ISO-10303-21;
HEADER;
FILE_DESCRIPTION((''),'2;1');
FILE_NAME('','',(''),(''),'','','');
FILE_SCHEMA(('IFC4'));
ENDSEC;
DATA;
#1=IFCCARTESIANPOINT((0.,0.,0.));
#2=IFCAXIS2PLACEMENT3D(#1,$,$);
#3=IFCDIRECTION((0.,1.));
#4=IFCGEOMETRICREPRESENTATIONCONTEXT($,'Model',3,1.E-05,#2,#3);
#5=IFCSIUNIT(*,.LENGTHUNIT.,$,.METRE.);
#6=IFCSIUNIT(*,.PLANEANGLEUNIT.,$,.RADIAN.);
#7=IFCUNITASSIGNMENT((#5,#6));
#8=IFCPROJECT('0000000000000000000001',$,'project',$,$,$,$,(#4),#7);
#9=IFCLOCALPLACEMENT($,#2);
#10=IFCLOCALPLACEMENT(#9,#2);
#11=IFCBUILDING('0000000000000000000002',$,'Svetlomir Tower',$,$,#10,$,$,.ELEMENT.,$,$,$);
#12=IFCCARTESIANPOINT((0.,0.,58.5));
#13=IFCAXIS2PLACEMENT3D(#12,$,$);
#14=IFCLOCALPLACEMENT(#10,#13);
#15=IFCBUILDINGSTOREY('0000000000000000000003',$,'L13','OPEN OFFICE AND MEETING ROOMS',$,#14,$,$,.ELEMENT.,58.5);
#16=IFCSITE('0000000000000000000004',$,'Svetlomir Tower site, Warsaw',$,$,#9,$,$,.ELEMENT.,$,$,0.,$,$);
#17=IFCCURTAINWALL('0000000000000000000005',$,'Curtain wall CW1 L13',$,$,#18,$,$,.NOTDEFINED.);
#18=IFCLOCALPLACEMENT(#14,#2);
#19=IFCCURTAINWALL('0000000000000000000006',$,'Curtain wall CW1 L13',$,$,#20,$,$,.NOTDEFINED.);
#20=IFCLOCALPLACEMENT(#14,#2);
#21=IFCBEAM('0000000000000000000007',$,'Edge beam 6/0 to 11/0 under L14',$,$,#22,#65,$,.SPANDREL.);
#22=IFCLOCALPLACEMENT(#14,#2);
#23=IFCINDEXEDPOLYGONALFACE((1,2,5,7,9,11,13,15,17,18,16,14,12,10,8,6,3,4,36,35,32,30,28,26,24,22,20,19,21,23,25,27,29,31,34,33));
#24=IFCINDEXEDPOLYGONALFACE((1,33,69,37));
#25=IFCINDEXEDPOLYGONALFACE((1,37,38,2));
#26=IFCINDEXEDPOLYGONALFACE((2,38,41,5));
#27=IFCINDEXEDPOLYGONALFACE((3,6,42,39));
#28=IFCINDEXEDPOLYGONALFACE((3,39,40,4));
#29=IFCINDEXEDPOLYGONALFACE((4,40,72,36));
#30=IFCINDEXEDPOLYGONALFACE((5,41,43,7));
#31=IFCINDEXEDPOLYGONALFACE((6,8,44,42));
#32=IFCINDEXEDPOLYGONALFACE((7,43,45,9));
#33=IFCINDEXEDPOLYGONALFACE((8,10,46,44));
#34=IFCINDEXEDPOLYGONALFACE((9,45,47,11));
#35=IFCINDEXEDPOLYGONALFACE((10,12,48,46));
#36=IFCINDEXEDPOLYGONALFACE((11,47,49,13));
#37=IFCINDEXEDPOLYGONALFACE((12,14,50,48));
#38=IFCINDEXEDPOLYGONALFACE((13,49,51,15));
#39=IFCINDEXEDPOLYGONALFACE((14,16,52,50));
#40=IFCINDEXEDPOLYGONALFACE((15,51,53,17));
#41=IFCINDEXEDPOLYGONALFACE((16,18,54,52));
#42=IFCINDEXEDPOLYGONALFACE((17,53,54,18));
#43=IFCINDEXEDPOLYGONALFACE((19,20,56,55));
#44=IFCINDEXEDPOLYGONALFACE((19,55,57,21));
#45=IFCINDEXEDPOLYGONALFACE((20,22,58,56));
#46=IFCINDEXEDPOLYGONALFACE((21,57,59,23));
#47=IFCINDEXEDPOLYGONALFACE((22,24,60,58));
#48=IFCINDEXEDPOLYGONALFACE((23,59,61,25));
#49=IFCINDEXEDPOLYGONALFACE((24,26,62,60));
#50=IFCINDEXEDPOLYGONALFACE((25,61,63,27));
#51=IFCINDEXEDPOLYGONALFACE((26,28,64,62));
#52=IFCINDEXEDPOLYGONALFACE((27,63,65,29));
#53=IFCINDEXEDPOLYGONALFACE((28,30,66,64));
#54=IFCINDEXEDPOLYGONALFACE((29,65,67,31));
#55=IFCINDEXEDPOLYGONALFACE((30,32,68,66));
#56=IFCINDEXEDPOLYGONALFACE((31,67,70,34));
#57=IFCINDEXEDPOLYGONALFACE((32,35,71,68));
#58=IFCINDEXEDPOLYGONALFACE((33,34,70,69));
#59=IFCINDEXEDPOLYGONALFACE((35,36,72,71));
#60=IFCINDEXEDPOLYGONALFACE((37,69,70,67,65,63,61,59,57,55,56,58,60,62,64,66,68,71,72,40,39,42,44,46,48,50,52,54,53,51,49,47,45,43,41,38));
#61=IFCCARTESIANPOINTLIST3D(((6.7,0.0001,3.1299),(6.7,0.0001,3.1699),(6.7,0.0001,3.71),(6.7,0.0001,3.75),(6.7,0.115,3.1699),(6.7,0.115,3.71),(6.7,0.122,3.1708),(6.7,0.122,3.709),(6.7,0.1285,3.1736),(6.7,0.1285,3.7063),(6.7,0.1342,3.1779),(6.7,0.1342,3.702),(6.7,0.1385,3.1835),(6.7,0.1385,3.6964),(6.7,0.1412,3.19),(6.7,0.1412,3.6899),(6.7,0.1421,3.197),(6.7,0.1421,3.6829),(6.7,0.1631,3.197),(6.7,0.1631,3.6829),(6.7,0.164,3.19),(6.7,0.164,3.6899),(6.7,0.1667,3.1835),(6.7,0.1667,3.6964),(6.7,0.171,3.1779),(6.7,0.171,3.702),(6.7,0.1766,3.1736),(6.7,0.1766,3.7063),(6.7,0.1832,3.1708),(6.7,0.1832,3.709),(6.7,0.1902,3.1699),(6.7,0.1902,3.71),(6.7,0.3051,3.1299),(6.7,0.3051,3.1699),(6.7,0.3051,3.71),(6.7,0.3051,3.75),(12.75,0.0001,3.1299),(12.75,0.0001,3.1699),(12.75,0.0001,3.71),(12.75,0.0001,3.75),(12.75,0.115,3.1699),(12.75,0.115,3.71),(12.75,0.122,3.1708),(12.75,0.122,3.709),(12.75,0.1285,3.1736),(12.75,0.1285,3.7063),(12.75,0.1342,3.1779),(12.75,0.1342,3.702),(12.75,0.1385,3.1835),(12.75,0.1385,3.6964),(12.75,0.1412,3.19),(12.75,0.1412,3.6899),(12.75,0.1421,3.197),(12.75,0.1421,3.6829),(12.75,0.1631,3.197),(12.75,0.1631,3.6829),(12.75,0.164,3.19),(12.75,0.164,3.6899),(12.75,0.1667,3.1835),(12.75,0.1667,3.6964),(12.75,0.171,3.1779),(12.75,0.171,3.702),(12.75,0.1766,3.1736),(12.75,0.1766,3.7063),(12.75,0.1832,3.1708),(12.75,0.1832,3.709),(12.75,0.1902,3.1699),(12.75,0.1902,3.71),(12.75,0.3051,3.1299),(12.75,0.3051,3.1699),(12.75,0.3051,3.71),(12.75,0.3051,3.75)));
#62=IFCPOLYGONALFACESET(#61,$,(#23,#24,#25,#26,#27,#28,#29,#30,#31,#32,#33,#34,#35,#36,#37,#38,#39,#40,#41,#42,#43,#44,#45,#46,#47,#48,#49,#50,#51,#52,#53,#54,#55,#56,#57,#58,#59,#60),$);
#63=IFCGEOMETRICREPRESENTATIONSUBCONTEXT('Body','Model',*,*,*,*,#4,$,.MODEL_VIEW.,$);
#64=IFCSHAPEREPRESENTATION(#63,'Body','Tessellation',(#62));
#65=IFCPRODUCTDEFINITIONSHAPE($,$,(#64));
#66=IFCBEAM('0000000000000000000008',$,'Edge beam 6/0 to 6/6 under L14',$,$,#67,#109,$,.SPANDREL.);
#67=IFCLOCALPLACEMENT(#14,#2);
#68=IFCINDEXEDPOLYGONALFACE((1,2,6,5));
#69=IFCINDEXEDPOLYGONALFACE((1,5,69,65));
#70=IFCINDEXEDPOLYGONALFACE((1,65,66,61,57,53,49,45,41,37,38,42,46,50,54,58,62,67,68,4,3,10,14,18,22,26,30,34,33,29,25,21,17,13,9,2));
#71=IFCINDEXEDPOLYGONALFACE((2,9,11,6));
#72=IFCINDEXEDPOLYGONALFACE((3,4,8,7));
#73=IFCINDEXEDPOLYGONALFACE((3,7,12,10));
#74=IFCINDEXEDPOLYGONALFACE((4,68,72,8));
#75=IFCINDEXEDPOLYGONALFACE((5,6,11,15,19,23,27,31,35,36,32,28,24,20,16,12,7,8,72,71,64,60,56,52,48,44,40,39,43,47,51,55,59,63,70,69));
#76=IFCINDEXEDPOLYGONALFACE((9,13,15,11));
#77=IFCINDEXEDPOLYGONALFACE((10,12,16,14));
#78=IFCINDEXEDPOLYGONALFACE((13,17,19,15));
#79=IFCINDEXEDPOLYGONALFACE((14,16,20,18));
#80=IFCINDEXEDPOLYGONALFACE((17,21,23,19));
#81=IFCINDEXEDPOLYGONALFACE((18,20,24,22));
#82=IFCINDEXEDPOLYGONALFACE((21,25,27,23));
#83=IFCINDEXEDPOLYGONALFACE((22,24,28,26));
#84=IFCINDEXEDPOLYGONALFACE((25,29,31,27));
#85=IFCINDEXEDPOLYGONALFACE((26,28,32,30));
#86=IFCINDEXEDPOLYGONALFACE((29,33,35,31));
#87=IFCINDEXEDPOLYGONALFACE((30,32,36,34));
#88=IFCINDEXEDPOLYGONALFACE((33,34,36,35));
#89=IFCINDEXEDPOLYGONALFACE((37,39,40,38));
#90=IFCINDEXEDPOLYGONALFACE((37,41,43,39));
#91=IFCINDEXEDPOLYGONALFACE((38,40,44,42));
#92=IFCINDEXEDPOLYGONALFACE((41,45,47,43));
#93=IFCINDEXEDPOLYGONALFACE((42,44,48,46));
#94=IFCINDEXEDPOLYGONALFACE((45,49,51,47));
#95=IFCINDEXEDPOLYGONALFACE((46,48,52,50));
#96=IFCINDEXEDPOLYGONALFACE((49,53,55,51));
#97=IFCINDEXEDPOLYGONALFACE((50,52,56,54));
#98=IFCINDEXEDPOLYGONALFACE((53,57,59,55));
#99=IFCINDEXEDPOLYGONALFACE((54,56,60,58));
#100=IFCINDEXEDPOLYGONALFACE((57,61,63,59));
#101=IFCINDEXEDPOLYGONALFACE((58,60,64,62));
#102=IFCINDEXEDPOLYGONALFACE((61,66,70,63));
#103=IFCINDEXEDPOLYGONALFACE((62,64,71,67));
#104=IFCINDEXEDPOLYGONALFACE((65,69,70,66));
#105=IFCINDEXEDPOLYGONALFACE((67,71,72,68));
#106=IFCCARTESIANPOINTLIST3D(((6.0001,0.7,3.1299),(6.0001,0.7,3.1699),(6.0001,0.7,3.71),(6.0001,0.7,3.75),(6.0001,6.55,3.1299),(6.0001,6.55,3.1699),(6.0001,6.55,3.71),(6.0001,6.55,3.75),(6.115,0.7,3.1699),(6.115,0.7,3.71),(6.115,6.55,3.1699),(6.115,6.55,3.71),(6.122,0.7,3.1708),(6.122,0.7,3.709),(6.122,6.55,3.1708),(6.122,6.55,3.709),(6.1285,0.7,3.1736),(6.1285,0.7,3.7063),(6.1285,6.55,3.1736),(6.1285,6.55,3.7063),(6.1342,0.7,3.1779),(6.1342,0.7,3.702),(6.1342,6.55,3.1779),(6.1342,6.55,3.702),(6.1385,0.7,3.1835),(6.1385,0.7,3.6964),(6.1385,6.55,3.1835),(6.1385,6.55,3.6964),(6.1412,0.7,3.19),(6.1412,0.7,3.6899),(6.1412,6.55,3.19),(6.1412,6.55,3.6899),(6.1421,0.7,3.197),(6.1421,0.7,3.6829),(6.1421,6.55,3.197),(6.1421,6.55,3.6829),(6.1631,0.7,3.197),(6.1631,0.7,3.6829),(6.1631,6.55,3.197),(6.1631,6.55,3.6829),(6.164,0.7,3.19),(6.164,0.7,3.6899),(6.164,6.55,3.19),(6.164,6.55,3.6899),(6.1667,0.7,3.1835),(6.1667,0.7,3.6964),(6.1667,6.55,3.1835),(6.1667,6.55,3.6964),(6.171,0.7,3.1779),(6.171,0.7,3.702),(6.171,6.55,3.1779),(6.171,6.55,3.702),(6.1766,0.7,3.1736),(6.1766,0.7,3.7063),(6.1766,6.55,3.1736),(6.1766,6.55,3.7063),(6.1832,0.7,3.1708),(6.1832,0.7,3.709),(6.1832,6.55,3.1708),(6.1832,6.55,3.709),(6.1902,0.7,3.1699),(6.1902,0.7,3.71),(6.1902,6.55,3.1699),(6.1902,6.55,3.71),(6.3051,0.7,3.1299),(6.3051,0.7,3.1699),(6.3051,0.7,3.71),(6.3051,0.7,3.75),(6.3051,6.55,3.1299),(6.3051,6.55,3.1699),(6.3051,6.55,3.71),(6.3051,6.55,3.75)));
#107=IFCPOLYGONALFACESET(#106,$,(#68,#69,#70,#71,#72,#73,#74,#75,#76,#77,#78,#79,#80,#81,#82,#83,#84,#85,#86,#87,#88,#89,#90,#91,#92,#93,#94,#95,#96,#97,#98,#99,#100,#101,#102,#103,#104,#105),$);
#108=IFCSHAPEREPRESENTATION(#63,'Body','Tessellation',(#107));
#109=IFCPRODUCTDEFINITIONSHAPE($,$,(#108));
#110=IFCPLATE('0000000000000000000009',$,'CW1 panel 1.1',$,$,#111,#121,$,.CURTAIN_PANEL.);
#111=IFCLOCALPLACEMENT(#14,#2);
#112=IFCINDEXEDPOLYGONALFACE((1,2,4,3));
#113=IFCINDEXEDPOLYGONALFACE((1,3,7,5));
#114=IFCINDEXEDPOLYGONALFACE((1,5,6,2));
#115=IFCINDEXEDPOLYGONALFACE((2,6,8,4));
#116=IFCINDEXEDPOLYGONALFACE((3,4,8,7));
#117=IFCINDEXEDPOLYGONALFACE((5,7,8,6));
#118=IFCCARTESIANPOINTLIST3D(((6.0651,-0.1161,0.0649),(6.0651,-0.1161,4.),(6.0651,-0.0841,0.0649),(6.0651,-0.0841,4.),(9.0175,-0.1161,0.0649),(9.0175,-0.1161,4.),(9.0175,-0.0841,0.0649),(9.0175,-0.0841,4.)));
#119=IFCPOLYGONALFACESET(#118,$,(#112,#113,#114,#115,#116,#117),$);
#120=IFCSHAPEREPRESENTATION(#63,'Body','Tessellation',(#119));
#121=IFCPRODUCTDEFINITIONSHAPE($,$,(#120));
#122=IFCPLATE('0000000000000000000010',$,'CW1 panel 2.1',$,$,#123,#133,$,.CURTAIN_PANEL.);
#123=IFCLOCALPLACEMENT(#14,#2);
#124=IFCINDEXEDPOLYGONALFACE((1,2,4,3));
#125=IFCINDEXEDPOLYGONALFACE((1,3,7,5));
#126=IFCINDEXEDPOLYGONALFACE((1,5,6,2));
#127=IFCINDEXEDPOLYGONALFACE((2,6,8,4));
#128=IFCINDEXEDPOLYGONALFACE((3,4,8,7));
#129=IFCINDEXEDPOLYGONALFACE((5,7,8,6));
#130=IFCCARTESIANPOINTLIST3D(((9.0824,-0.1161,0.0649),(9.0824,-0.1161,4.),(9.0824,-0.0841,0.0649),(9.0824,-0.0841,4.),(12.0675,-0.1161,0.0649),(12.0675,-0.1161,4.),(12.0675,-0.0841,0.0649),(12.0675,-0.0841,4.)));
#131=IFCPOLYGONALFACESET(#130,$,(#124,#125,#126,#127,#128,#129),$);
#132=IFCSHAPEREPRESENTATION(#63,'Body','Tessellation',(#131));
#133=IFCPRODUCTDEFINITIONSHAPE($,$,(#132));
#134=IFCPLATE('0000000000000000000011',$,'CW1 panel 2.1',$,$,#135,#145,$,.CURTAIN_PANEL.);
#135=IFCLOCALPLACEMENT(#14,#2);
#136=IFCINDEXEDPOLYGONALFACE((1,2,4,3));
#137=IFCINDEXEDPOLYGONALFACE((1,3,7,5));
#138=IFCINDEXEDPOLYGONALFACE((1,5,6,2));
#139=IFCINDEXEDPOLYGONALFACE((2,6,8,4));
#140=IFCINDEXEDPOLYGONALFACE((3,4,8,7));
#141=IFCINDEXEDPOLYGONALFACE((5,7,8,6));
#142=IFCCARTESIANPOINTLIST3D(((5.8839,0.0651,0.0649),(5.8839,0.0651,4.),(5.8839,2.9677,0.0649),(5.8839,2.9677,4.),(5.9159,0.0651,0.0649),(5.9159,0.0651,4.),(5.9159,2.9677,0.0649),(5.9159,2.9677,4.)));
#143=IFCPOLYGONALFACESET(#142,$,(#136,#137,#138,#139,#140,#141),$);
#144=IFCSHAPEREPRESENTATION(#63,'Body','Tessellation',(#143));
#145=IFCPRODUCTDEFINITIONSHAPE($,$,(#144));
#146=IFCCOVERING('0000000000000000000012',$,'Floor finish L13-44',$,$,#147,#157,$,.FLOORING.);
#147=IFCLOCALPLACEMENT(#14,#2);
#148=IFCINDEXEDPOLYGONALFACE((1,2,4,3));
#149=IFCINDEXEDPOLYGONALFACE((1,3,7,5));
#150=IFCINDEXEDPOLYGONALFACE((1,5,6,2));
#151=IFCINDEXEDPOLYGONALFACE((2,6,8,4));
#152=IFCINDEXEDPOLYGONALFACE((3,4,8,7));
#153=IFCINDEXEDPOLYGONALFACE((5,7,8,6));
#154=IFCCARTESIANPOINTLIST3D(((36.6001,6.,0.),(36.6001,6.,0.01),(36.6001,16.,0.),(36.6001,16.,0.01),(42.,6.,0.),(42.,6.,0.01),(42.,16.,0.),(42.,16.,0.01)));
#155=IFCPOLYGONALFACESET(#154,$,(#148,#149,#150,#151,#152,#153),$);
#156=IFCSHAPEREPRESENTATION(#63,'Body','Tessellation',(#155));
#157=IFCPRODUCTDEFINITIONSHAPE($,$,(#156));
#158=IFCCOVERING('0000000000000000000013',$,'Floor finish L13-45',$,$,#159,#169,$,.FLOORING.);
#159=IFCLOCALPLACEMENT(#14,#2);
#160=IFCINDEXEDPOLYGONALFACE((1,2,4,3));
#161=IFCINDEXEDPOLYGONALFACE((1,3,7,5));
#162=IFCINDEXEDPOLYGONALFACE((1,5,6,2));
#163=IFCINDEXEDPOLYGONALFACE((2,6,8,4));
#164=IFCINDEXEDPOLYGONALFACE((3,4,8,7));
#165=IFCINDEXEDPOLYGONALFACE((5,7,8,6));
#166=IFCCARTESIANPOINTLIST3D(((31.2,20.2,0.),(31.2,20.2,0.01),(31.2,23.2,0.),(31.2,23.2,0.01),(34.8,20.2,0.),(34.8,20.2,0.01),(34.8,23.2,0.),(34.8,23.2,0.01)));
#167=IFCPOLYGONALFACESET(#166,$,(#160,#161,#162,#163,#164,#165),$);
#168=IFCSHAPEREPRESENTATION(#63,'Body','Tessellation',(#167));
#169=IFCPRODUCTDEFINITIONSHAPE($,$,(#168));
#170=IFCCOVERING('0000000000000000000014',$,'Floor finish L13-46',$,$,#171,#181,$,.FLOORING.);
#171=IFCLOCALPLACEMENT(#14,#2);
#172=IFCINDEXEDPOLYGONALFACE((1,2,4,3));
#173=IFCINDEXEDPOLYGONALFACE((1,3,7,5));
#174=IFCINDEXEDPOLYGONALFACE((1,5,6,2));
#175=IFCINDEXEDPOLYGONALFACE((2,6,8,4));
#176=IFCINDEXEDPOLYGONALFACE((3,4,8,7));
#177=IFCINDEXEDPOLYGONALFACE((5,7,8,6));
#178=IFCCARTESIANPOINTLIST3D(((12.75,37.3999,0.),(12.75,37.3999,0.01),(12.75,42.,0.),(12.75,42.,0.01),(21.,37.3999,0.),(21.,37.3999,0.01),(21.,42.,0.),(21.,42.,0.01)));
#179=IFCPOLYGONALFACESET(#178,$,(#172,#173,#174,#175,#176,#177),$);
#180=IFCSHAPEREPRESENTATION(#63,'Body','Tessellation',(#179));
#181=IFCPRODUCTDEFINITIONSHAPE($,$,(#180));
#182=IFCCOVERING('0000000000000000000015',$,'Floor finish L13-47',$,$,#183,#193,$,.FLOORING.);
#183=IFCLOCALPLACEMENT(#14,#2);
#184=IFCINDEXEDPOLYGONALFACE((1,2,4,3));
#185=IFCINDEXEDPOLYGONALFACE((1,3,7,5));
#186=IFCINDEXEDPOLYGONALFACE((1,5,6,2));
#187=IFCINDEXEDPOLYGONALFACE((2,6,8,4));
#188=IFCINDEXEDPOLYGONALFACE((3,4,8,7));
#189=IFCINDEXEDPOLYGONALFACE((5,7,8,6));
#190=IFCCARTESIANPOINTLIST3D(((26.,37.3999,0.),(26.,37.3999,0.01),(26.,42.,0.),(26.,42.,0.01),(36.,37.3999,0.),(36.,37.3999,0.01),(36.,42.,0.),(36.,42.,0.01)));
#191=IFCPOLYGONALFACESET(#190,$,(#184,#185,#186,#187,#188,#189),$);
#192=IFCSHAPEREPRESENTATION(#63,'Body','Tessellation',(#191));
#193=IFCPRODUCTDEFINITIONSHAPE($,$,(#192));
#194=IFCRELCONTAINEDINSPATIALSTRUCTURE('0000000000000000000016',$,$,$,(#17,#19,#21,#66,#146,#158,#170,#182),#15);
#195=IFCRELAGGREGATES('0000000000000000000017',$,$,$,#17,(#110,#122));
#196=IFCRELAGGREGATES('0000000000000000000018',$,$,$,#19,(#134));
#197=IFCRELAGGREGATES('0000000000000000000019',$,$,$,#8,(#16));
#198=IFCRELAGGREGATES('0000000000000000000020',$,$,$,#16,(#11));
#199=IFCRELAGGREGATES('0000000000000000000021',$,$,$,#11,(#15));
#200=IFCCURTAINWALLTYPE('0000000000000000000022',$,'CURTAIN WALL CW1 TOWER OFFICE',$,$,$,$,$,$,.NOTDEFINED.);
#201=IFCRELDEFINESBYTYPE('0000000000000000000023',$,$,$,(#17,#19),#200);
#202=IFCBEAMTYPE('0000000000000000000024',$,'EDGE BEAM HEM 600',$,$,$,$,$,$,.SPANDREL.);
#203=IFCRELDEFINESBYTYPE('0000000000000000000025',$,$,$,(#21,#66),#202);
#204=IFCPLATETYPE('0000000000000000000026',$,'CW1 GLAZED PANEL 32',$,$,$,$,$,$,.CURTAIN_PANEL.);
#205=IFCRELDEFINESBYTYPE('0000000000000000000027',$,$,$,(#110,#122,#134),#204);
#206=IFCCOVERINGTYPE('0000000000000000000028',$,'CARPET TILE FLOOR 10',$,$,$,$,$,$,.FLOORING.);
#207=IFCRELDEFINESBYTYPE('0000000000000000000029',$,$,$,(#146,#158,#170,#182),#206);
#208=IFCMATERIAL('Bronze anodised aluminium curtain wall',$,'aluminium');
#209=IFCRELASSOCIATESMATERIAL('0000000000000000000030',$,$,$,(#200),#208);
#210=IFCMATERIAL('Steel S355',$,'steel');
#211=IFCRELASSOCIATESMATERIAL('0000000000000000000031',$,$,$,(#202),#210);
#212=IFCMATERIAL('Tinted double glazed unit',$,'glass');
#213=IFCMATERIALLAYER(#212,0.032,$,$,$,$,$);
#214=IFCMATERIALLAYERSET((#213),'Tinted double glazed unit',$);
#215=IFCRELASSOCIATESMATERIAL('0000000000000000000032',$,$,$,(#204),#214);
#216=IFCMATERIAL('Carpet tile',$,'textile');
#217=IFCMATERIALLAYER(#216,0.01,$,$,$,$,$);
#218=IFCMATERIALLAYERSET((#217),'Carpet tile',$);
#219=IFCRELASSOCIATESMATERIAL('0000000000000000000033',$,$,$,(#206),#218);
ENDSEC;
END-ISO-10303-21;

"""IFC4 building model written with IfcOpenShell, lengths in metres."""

from ifc_helpers import new_model, si_unit, direction, frame, origin, origin_2d, place, context, subcontext, project, spatial, polyline, rectangle, i_section, outline, extrude, material, layer, layer_set, material_profile, profile_set, type_object, element, aggregate, save


model = new_model("IFC4")

# Units and contexts
model_context = context("Model", 3, precision=1e-05, world=origin(), true_north=direction((0.0, 1.0)))
body_context = subcontext(model_context, "Body", "Model", "MODEL_VIEW")
ifc_project = project(units=[si_unit("LENGTHUNIT", "METRE"), si_unit("PLANEANGLEUNIT", "RADIAN")], contexts=[model_context])

# Site, building, storey
site_placement = place(None, origin())
site = spatial("IfcSite", under=ifc_project, at=site_placement, Name="Svetlomir Tower site, Warsaw", CompositionType="ELEMENT", RefElevation=0.0)
building_placement = place(site_placement, origin())
building = spatial("IfcBuilding", under=site, at=building_placement, Name="Svetlomir Tower", CompositionType="ELEMENT")
storey_placement = place(building_placement, frame((0.0, 0.0, 58.5)))
storey = spatial("IfcBuildingStorey", under=building, at=storey_placement, Name="L13", Description="OPEN OFFICE AND MEETING ROOMS", CompositionType="ELEMENT", Elevation=58.5)

# Curtain wall
ifc_material_1 = material(Name="Bronze anodised aluminium curtain wall", Category="aluminium")
curtain_wall_type = type_object("IfcCurtainWallType", Name="CURTAIN WALL CW1 TOWER OFFICE", PredefinedType="NOTDEFINED", material=ifc_material_1)
curtain_wall_1_placement = place(storey_placement, origin())
curtain_wall_1 = element("IfcCurtainWall", 1, at=curtain_wall_1_placement, inside=storey, type_object=curtain_wall_type, Name="Curtain wall CW1 L13", PredefinedType="NOTDEFINED")

# Curtain wall
curtain_wall_2_placement = place(storey_placement, origin())
curtain_wall_2 = element("IfcCurtainWall", 2, at=curtain_wall_2_placement, inside=storey, type_object=curtain_wall_type, Name="Curtain wall CW1 L13", PredefinedType="NOTDEFINED")

# Beams
ifc_material_2 = material(Name="Steel S355", Category="steel")
ifc_material_profile_1 = material_profile(ifc_material_2, i_section(OverallWidth=0.3049, OverallDepth=0.6201, WebThickness=0.021, FlangeThickness=0.04, FilletRadius=0.0271, at=origin_2d()), Name="HEM 600")
ifc_profile_set_1 = profile_set([ifc_material_profile_1], Name="Steel S355")
beam_type = type_object("IfcBeamType", Name="EDGE BEAM HEM 600", PredefinedType="SPANDREL", material=ifc_profile_set_1)
beam_1_placement = place(storey_placement, frame((6.7, 0.1526, 3.4399), z_axis=(1.0, 0.0, 0.0), x_axis=(0.0, 1.0, 0.0)))
element("IfcBeam", 3, at=beam_1_placement, inside=storey, type_object=beam_type, Name="Edge beam 6/0 to 11/0 under L14", PredefinedType="SPANDREL", context=body_context, shape_type="SweptSolid", body=[
    extrude(i_section(OverallWidth=0.3049, OverallDepth=0.6201, WebThickness=0.021, FlangeThickness=0.04, FilletRadius=0.0271, at=origin_2d()), origin(), (0.0, 0.0, 1.0), 6.05),
])
beam_2_placement = place(storey_placement, frame((6.1526, 0.7, 3.4399), z_axis=(0.0, 1.0, 0.0), x_axis=(-1.0, 0.0, 0.0)))
element("IfcBeam", 4, at=beam_2_placement, inside=storey, type_object=beam_type, Name="Edge beam 6/0 to 6/6 under L14", PredefinedType="SPANDREL", context=body_context, shape_type="SweptSolid", body=[
    extrude(i_section(OverallWidth=0.3049, OverallDepth=0.6201, WebThickness=0.021, FlangeThickness=0.04, FilletRadius=0.0271, at=origin_2d()), origin(), (0.0, 0.0, 1.0), 5.8501),
])

# Plates
ifc_material_3 = material(Name="Tinted double glazed unit", Category="glass")
ifc_layer_1 = layer(ifc_material_3, 0.032)
ifc_layer_set_1 = layer_set([ifc_layer_1], Name="Tinted double glazed unit")
plate_type = type_object("IfcPlateType", Name="CW1 GLAZED PANEL 32", PredefinedType="CURTAIN_PANEL", material=ifc_layer_set_1)
plate_1_placement = place(storey_placement, frame((7.5413, -0.1001, 0.0649), z_axis=(0.0, 0.0, 1.0), x_axis=(1.0, 0.0, 0.0)))
plate_1 = element("IfcPlate", 5, at=plate_1_placement, type_object=plate_type, Name="CW1 panel 1.1", PredefinedType="CURTAIN_PANEL", context=body_context, shape_type="SweptSolid", body=[
    extrude(rectangle(XDim=2.9524, YDim=0.032, at=origin_2d()), origin(), (0.0, 0.0, 1.0), 3.9351),
])
plate_2_placement = place(storey_placement, frame((10.575, -0.1001, 0.0649), z_axis=(0.0, 0.0, 1.0), x_axis=(1.0, 0.0, 0.0)))
plate_2 = element("IfcPlate", 6, at=plate_2_placement, type_object=plate_type, Name="CW1 panel 2.1", PredefinedType="CURTAIN_PANEL", context=body_context, shape_type="SweptSolid", body=[
    extrude(rectangle(XDim=2.9851, YDim=0.032, at=origin_2d()), origin(), (0.0, 0.0, 1.0), 3.9351),
])
aggregate(curtain_wall_1, [plate_1, plate_2])
plate_3_placement = place(storey_placement, frame((5.8999, 1.5164, 0.0649), z_axis=(0.0, 0.0, 1.0), x_axis=(0.0, -1.0, 0.0)))
plate_3 = element("IfcPlate", 7, at=plate_3_placement, type_object=plate_type, Name="CW1 panel 2.1", PredefinedType="CURTAIN_PANEL", context=body_context, shape_type="SweptSolid", body=[
    extrude(rectangle(XDim=2.9026, YDim=0.032, at=origin_2d()), origin(), (0.0, 0.0, 1.0), 3.9351),
])
aggregate(curtain_wall_2, [plate_3])

# Coverings
ifc_material_4 = material(Name="Carpet tile", Category="textile")
ifc_layer_2 = layer(ifc_material_4, 0.01)
ifc_layer_set_2 = layer_set([ifc_layer_2], Name="Carpet tile")
covering_type_1 = type_object("IfcCoveringType", Name="CARPET TILE FLOOR 10", PredefinedType="FLOORING", material=ifc_layer_set_2)
covering_1_placement = place(storey_placement, origin())
element("IfcCovering", 8, at=covering_1_placement, inside=storey, type_object=covering_type_1, Name="Floor finish L13-44", PredefinedType="FLOORING", context=body_context, shape_type="SweptSolid", body=[
    extrude(outline(polyline([(42.0, 6.0), (36.6001, 6.0), (36.6001, 16.0), (42.0, 16.0), (42.0, 6.0)])), origin(), (0.0, 0.0, 1.0), 0.01),
])
covering_2_placement = place(storey_placement, origin())
element("IfcCovering", 9, at=covering_2_placement, inside=storey, type_object=covering_type_1, Name="Floor finish L13-45", PredefinedType="FLOORING", context=body_context, shape_type="SweptSolid", body=[
    extrude(outline(polyline([(31.2, 23.2), (34.8, 23.2), (34.8, 20.2), (31.2, 20.2), (31.2, 23.2)])), origin(), (0.0, 0.0, 1.0), 0.01),
])
covering_3_placement = place(storey_placement, origin())
element("IfcCovering", 10, at=covering_3_placement, inside=storey, type_object=covering_type_1, Name="Floor finish L13-46", PredefinedType="FLOORING", context=body_context, shape_type="SweptSolid", body=[
    extrude(outline(polyline([(21.0, 42.0), (21.0, 37.3999), (12.75, 37.3999), (12.75, 42.0), (21.0, 42.0)])), origin(), (0.0, 0.0, 1.0), 0.01),
])
covering_4_placement = place(storey_placement, origin())
element("IfcCovering", 11, at=covering_4_placement, inside=storey, type_object=covering_type_1, Name="Floor finish L13-47", PredefinedType="FLOORING", context=body_context, shape_type="SweptSolid", body=[
    extrude(outline(polyline([(36.0, 42.0), (36.0, 37.3999), (26.0, 37.3999), (26.0, 42.0), (36.0, 42.0)])), origin(), (0.0, 0.0, 1.0), 0.01),
])

save(model, "model.ifc")
